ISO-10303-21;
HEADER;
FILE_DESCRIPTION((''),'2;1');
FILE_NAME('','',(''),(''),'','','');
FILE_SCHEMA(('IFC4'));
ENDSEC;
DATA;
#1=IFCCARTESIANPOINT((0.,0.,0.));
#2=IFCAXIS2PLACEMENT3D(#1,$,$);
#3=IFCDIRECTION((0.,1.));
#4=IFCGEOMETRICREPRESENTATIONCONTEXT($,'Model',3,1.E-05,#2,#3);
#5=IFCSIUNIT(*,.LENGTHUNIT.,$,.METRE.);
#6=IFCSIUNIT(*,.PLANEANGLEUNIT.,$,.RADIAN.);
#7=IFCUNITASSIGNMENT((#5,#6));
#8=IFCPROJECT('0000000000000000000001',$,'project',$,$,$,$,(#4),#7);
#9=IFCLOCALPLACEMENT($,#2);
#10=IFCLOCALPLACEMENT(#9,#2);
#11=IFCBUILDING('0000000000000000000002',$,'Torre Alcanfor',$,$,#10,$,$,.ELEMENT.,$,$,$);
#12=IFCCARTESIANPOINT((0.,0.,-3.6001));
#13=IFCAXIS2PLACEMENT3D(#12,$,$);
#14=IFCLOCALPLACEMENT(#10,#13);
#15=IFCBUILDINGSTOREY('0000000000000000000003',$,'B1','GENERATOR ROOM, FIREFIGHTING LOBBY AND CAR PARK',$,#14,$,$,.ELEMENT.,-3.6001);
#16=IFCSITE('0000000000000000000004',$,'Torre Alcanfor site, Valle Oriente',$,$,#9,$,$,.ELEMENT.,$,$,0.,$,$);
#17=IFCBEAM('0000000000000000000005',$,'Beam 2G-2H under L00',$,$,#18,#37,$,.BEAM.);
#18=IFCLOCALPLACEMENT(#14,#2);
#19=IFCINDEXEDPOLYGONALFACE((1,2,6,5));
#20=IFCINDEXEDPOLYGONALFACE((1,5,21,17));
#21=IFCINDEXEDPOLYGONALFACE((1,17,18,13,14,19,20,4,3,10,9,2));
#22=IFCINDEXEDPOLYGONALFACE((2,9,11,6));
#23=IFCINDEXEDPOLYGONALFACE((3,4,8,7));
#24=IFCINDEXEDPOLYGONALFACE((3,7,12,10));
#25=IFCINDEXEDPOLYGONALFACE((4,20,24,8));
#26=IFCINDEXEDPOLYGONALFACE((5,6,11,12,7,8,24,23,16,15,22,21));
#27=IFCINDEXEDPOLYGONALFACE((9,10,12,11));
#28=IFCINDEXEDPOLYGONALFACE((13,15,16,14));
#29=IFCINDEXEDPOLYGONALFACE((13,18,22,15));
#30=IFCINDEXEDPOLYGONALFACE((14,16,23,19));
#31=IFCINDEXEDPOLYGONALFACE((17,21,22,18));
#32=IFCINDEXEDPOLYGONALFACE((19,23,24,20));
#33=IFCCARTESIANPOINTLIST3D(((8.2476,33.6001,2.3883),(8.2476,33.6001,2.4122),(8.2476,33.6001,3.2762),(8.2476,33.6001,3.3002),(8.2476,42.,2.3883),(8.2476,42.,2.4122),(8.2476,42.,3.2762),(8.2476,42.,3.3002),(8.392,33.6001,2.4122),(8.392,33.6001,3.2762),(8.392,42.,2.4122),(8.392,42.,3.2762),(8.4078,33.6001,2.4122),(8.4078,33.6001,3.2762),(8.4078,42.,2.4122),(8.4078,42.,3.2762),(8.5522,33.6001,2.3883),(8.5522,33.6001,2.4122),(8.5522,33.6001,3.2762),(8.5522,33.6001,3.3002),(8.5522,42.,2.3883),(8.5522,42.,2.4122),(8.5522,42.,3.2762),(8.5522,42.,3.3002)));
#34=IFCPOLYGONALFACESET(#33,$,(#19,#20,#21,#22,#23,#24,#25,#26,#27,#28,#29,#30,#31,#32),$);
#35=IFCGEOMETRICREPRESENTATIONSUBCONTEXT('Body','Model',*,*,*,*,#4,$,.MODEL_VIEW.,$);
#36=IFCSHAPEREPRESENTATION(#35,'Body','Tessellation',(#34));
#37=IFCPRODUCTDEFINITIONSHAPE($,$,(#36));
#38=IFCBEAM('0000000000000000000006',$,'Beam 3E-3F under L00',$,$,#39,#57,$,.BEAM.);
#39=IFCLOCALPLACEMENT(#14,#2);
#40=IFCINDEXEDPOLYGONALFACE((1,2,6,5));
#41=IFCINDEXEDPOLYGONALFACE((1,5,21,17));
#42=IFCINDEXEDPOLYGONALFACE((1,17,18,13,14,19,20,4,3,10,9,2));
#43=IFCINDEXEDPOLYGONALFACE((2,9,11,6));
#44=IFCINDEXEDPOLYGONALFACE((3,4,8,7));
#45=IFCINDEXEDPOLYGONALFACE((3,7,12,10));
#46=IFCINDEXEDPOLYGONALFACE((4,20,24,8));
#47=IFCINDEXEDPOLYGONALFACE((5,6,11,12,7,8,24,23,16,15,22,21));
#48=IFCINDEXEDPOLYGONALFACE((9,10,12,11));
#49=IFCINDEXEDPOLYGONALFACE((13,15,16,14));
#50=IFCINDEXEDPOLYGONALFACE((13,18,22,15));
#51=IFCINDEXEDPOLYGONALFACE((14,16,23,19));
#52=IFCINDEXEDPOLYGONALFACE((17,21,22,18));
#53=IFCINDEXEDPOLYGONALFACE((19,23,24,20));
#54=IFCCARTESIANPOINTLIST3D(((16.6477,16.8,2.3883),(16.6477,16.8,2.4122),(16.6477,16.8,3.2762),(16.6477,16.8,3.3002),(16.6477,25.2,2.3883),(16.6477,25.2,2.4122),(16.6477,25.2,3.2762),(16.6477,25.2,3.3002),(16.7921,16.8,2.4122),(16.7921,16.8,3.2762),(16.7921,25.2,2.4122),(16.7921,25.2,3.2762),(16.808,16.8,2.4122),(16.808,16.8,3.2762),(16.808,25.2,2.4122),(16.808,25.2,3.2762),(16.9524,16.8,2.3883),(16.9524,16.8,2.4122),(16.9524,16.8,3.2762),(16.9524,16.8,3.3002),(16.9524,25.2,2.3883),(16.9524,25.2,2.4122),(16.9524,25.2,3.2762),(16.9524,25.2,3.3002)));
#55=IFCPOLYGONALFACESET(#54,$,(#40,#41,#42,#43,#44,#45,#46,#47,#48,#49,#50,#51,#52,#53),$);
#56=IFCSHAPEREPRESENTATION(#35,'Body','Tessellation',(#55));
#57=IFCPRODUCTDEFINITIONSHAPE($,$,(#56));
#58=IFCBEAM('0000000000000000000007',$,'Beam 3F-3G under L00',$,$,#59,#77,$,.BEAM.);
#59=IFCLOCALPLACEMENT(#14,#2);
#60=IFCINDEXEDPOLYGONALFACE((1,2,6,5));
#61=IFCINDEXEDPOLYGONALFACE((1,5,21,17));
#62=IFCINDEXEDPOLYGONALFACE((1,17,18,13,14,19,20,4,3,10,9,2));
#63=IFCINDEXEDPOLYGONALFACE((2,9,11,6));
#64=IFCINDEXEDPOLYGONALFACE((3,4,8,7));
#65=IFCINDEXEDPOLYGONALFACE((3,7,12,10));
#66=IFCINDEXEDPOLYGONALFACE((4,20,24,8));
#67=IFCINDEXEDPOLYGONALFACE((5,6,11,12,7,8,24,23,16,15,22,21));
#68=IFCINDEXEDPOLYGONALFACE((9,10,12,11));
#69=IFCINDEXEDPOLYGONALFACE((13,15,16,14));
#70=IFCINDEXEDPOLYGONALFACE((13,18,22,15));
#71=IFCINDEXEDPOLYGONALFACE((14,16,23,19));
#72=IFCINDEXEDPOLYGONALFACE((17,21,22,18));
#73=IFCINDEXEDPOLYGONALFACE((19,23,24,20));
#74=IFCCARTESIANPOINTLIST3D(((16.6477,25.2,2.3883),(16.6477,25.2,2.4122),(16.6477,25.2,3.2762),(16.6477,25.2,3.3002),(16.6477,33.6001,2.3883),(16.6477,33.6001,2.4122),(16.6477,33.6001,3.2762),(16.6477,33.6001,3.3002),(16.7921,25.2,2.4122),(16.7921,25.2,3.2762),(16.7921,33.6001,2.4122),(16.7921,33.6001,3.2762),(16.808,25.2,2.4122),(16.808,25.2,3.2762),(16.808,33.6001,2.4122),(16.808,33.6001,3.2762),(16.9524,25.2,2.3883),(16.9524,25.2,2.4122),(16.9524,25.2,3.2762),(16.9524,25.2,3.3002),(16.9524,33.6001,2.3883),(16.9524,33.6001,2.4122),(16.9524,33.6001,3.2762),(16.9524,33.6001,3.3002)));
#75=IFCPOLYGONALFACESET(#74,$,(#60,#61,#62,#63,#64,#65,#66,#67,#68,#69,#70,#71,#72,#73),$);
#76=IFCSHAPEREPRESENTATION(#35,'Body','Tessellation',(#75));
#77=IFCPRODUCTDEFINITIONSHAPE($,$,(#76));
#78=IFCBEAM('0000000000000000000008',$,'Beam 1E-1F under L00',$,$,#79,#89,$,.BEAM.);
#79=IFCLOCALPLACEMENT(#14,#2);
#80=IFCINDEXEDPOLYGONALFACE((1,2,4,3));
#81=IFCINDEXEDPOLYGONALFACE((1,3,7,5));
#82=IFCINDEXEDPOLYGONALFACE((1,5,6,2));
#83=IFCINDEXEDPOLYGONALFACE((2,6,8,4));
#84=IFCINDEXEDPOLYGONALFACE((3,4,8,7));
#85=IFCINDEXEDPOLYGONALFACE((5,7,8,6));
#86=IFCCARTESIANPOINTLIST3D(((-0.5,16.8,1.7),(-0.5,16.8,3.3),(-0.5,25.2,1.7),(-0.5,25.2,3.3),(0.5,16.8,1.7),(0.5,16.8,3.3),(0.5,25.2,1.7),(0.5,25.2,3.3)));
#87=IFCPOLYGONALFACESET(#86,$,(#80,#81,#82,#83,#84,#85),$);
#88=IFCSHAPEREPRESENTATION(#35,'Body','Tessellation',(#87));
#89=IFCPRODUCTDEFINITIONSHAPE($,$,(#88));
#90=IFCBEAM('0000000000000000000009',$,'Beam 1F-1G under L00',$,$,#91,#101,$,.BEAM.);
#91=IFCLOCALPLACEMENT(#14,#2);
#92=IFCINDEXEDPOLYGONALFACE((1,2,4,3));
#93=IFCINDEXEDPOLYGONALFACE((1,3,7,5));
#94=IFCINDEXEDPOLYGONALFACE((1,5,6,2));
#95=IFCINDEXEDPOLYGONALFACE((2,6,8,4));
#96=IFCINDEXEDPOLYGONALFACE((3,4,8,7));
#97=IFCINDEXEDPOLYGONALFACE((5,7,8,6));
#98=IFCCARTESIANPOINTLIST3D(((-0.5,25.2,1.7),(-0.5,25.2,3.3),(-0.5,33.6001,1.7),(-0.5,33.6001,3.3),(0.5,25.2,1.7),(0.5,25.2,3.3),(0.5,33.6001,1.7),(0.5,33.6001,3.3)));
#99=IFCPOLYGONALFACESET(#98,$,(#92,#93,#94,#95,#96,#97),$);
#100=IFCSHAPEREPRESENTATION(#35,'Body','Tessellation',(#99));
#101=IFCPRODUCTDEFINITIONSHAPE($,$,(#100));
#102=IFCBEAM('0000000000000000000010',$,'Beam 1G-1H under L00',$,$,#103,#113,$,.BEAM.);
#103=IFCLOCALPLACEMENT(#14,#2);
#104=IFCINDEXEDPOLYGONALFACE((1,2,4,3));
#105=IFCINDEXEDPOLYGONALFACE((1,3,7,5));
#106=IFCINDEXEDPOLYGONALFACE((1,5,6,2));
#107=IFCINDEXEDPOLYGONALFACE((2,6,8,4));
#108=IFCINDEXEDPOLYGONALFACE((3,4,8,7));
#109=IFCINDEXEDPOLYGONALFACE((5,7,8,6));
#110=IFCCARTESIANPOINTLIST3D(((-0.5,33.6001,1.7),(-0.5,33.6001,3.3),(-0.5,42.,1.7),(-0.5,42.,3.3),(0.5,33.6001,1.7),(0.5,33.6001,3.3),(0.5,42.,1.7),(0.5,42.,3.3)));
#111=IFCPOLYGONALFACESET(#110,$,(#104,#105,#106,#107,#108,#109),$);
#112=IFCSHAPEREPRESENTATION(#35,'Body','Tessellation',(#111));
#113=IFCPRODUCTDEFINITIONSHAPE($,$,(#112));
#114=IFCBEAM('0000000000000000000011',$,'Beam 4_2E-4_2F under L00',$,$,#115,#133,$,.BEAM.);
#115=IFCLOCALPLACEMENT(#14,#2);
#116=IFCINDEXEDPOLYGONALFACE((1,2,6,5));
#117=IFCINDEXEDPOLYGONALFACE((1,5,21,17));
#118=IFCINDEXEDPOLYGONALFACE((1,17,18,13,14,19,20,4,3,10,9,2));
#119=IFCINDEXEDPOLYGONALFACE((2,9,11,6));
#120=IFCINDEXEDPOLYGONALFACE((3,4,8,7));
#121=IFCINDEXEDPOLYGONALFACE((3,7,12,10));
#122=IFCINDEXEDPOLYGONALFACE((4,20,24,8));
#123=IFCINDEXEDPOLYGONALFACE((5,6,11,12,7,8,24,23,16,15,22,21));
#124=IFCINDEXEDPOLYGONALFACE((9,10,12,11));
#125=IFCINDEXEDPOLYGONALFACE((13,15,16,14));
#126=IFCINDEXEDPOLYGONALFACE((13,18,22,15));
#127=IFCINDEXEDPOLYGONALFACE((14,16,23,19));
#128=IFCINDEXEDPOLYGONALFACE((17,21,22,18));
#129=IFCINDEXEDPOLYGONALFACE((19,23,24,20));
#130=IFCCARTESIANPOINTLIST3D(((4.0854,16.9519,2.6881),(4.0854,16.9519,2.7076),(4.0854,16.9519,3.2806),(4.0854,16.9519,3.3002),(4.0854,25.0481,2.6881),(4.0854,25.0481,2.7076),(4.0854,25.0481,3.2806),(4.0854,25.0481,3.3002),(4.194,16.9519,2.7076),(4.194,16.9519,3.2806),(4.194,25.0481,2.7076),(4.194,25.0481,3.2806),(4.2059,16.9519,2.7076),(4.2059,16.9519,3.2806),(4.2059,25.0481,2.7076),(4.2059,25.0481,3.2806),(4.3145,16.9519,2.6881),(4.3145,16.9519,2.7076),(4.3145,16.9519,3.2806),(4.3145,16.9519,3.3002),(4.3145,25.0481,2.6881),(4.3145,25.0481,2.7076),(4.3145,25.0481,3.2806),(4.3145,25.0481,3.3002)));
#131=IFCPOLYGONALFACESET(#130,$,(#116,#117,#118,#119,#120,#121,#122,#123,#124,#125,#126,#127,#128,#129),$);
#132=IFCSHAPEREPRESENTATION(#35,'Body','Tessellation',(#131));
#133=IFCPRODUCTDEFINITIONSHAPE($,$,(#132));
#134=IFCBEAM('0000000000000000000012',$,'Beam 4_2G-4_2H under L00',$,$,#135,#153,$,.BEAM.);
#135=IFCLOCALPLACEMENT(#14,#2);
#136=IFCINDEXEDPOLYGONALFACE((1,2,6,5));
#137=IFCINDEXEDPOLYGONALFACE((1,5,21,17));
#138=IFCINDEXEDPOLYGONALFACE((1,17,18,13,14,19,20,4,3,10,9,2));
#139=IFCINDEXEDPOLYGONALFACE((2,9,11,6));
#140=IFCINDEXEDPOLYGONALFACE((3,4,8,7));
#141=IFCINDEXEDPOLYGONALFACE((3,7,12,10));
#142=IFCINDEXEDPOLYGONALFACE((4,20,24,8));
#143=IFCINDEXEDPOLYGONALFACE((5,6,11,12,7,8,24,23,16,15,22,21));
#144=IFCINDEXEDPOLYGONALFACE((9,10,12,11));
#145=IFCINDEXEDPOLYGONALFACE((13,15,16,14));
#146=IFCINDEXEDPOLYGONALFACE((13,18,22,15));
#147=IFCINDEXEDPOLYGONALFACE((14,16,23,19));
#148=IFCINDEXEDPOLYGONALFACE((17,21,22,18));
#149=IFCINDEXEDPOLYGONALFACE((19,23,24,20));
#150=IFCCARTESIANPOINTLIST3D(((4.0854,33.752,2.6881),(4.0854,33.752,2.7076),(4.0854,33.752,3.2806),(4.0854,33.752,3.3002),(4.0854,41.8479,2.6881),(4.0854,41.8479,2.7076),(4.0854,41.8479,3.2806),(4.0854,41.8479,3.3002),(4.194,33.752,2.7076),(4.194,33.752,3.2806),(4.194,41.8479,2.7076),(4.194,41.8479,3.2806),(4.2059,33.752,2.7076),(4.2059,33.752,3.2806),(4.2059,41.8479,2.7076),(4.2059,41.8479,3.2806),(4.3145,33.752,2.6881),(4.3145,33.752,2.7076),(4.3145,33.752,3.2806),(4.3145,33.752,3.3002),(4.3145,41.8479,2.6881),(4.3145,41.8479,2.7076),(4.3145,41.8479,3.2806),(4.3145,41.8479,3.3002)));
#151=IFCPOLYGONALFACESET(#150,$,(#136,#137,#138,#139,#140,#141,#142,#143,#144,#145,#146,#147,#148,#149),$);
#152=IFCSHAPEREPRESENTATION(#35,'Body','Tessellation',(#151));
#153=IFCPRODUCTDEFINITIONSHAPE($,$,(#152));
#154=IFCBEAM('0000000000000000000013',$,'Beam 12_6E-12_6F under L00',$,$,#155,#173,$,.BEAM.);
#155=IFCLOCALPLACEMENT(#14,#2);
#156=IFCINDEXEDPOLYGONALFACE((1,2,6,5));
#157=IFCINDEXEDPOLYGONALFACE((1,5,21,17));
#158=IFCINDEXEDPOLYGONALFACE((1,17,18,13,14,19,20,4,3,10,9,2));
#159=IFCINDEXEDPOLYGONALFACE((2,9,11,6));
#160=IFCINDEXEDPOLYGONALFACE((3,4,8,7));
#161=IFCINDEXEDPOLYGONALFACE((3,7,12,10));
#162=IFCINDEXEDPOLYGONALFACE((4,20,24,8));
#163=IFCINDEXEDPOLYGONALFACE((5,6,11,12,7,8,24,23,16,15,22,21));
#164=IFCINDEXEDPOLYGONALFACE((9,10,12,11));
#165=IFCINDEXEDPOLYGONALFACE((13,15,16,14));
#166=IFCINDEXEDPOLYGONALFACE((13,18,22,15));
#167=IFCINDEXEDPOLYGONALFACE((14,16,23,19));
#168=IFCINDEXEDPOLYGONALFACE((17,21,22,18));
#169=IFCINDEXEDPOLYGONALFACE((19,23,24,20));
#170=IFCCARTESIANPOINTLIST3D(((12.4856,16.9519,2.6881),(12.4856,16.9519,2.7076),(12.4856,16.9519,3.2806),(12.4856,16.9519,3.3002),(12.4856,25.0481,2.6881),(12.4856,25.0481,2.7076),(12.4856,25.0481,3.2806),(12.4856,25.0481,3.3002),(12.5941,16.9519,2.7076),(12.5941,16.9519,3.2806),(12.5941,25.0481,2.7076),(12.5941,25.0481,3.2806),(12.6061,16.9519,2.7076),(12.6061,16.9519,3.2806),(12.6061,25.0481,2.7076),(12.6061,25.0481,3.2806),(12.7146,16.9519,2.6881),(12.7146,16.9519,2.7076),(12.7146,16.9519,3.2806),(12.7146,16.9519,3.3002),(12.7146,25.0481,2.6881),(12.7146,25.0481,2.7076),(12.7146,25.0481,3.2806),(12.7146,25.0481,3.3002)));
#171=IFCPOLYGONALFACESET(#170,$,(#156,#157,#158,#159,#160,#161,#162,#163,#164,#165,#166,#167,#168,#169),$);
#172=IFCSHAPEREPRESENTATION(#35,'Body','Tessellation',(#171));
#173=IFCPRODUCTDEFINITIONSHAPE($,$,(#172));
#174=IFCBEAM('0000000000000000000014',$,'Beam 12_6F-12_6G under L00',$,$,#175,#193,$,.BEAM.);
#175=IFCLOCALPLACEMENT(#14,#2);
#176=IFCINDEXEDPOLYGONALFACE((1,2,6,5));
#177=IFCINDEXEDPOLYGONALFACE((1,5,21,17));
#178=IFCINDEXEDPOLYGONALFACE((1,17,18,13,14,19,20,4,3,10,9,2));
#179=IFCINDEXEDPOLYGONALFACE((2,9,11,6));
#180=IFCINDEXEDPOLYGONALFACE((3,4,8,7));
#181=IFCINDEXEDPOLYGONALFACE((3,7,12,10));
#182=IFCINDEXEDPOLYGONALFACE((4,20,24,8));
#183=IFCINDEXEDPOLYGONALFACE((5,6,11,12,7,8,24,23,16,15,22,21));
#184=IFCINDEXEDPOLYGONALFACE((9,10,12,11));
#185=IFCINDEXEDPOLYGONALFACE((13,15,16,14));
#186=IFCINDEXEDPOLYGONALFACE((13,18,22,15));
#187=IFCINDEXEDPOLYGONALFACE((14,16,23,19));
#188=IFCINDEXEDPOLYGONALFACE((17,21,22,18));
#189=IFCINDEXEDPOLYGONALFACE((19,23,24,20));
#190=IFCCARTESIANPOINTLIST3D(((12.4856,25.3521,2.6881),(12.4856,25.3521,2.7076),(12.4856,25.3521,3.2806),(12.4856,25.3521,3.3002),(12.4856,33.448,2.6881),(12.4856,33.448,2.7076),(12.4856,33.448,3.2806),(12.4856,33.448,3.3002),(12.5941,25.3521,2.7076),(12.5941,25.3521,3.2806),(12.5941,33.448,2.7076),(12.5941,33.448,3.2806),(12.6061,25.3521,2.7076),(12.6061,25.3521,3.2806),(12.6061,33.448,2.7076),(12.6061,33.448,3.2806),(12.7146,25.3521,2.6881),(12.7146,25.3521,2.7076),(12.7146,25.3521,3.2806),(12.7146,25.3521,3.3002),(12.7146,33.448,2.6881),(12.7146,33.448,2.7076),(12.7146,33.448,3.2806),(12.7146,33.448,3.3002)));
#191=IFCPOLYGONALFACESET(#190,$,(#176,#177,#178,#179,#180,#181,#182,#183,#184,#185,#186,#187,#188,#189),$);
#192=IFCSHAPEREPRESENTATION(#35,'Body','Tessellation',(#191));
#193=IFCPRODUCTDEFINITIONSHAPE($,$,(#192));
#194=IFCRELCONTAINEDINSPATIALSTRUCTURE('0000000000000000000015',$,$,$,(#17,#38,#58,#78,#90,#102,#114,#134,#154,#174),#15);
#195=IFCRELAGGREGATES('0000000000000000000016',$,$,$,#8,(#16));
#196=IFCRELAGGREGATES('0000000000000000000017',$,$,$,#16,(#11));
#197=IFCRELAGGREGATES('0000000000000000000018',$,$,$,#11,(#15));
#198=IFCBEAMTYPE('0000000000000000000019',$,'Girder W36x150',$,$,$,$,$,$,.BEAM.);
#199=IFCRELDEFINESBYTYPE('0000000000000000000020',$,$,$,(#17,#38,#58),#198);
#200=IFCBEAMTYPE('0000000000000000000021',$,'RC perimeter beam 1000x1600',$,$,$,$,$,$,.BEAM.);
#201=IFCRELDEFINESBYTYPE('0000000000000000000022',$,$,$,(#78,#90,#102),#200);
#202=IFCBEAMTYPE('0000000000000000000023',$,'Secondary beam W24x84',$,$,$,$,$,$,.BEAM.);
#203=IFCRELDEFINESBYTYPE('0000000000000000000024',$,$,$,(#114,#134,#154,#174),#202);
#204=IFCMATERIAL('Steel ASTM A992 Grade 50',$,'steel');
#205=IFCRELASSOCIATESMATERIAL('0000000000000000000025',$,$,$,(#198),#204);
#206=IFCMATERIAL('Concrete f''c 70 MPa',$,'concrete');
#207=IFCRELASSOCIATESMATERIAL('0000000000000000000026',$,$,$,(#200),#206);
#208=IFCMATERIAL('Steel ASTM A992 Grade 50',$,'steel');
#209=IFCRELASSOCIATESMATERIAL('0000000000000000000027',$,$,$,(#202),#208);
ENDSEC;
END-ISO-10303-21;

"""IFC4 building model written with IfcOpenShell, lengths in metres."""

from ifc_helpers import new_model, si_unit, direction, frame, origin, origin_2d, place, context, subcontext, project, spatial, rectangle, i_section, extrude, material, material_profile, profile_set, type_object, element, save


model = new_model("IFC4")

# Units and contexts
model_context = context("Model", 3, precision=1e-05, world=origin(), true_north=direction((0.0, 1.0)))
body_context = subcontext(model_context, "Body", "Model", "MODEL_VIEW")
ifc_project = project(units=[si_unit("LENGTHUNIT", "METRE"), si_unit("PLANEANGLEUNIT", "RADIAN")], contexts=[model_context])

# Site, building, storey
site_placement = place(None, origin())
site = spatial("IfcSite", under=ifc_project, at=site_placement, Name="Torre Alcanfor site, Valle Oriente", CompositionType="ELEMENT", RefElevation=0.0)
building_placement = place(site_placement, origin())
building = spatial("IfcBuilding", under=site, at=building_placement, Name="Torre Alcanfor", CompositionType="ELEMENT")
storey_placement = place(building_placement, frame((0.0, 0.0, -3.6001)))
storey = spatial("IfcBuildingStorey", under=building, at=storey_placement, Name="B1", Description="GENERATOR ROOM, FIREFIGHTING LOBBY AND CAR PARK", CompositionType="ELEMENT", Elevation=-3.6001)

# Beams
ifc_material_1 = material(Name="Steel ASTM A992 Grade 50", Category="steel")
ifc_material_profile_1 = material_profile(ifc_material_1, i_section(OverallWidth=0.3047, OverallDepth=0.9119, WebThickness=0.0159, FlangeThickness=0.0239, at=origin_2d()), Name="W36x150")
ifc_profile_set_1 = profile_set([ifc_material_profile_1], Name="Steel ASTM A992 Grade 50")
beam_type_1 = type_object("IfcBeamType", Name="Girder W36x150", PredefinedType="BEAM", material=ifc_profile_set_1)
for number, where, z_axis, x_axis, name in (
    (1, (8.3999, 33.6001, 2.8442), (0.0, 1.0, 0.0), (-1.0, 0.0, 0.0), "Beam 2G-2H under L00"),
    (2, (16.8, 16.8, 2.8442), (0.0, 1.0, 0.0), (-1.0, 0.0, 0.0), "Beam 3E-3F under L00"),
):
    element("IfcBeam", number, at=place(storey_placement, frame(where, z_axis=z_axis, x_axis=x_axis)), inside=storey, type_object=beam_type_1, Name=name, PredefinedType="BEAM", context=body_context, shape_type="SweptSolid", body=[
        extrude(i_section(OverallWidth=0.3047, OverallDepth=0.9119, WebThickness=0.0159, FlangeThickness=0.0239, at=origin_2d()), origin(), (0.0, 0.0, 1.0), 8.3999),
    ])
beam_1_placement = place(storey_placement, frame((16.8, 25.2, 2.8442), z_axis=(0.0, 1.0, 0.0), x_axis=(-1.0, 0.0, 0.0)))
element("IfcBeam", 3, at=beam_1_placement, inside=storey, type_object=beam_type_1, Name="Beam 3F-3G under L00", PredefinedType="BEAM", context=body_context, shape_type="SweptSolid", body=[
    extrude(i_section(OverallWidth=0.3047, OverallDepth=0.9119, WebThickness=0.0159, FlangeThickness=0.0239, at=origin_2d()), origin(), (0.0, 0.0, 1.0), 8.4001),
])
ifc_material_2 = material(Name="Concrete f'c 70 MPa", Category="concrete")
ifc_material_profile_2 = material_profile(ifc_material_2, rectangle(XDim=1.0, YDim=1.6001, at=origin_2d()), Name="1000x1600")
ifc_profile_set_2 = profile_set([ifc_material_profile_2], Name="Concrete f'c 70 MPa")
beam_type_2 = type_object("IfcBeamType", Name="RC perimeter beam 1000x1600", PredefinedType="BEAM", material=ifc_profile_set_2)
beam_2_placement = place(storey_placement, frame((0.0, 16.8, 2.5), z_axis=(0.0, 1.0, 0.0), x_axis=(-1.0, 0.0, 0.0)))
element("IfcBeam", 4, at=beam_2_placement, inside=storey, type_object=beam_type_2, Name="Beam 1E-1F under L00", PredefinedType="BEAM", context=body_context, shape_type="SweptSolid", body=[
    extrude(rectangle(XDim=1.0, YDim=1.6001, at=origin_2d()), origin(), (0.0, 0.0, 1.0), 8.3999),
])
beam_3_placement = place(storey_placement, frame((0.0, 25.2, 2.5), z_axis=(0.0, 1.0, 0.0), x_axis=(-1.0, 0.0, 0.0)))
element("IfcBeam", 5, at=beam_3_placement, inside=storey, type_object=beam_type_2, Name="Beam 1F-1G under L00", PredefinedType="BEAM", context=body_context, shape_type="SweptSolid", body=[
    extrude(rectangle(XDim=1.0, YDim=1.6001, at=origin_2d()), origin(), (0.0, 0.0, 1.0), 8.4001),
])
beam_4_placement = place(storey_placement, frame((0.0, 33.6001, 2.5), z_axis=(0.0, 1.0, 0.0), x_axis=(-1.0, 0.0, 0.0)))
element("IfcBeam", 6, at=beam_4_placement, inside=storey, type_object=beam_type_2, Name="Beam 1G-1H under L00", PredefinedType="BEAM", context=body_context, shape_type="SweptSolid", body=[
    extrude(rectangle(XDim=1.0, YDim=1.6001, at=origin_2d()), origin(), (0.0, 0.0, 1.0), 8.3999),
])
ifc_material_3 = material(Name="Steel ASTM A992 Grade 50", Category="steel")
ifc_material_profile_3 = material_profile(ifc_material_3, i_section(OverallWidth=0.229, OverallDepth=0.6121, WebThickness=0.012, FlangeThickness=0.0195, at=origin_2d()), Name="W24x84")
ifc_profile_set_3 = profile_set([ifc_material_profile_3], Name="Steel ASTM A992 Grade 50")
beam_type_3 = type_object("IfcBeamType", Name="Secondary beam W24x84", PredefinedType="BEAM", material=ifc_profile_set_3)
beam_5_placement = place(storey_placement, frame((4.2, 16.9519, 2.9941), z_axis=(0.0, 1.0, 0.0), x_axis=(-1.0, 0.0, 0.0)))
element("IfcBeam", 7, at=beam_5_placement, inside=storey, type_object=beam_type_3, Name="Beam 4_2E-4_2F under L00", PredefinedType="BEAM", context=body_context, shape_type="SweptSolid", body=[
    extrude(i_section(OverallWidth=0.229, OverallDepth=0.6121, WebThickness=0.012, FlangeThickness=0.0195, at=origin_2d()), origin(), (0.0, 0.0, 1.0), 8.0962),
])
beam_6_placement = place(storey_placement, frame((4.2, 33.752, 2.9941), z_axis=(0.0, 1.0, 0.0), x_axis=(-1.0, 0.0, 0.0)))
element("IfcBeam", 8, at=beam_6_placement, inside=storey, type_object=beam_type_3, Name="Beam 4_2G-4_2H under L00", PredefinedType="BEAM", context=body_context, shape_type="SweptSolid", body=[
    extrude(i_section(OverallWidth=0.229, OverallDepth=0.6121, WebThickness=0.012, FlangeThickness=0.0195, at=origin_2d()), origin(), (0.0, 0.0, 1.0), 8.0959),
])
beam_7_placement = place(storey_placement, frame((12.6001, 16.9519, 2.9941), z_axis=(0.0, 1.0, 0.0), x_axis=(-1.0, 0.0, 0.0)))
element("IfcBeam", 9, at=beam_7_placement, inside=storey, type_object=beam_type_3, Name="Beam 12_6E-12_6F under L00", PredefinedType="BEAM", context=body_context, shape_type="SweptSolid", body=[
    extrude(i_section(OverallWidth=0.229, OverallDepth=0.6121, WebThickness=0.012, FlangeThickness=0.0195, at=origin_2d()), origin(), (0.0, 0.0, 1.0), 8.0962),
])
for number, where, z_axis, x_axis, name in (
    (10, (12.6001, 25.3521, 2.9941), (0.0, 1.0, 0.0), (-1.0, 0.0, 0.0), "Beam 12_6F-12_6G under L00"),
):
    element("IfcBeam", number, at=place(storey_placement, frame(where, z_axis=z_axis, x_axis=x_axis)), inside=storey, type_object=beam_type_3, Name=name, PredefinedType="BEAM", context=body_context, shape_type="SweptSolid", body=[
        extrude(i_section(OverallWidth=0.229, OverallDepth=0.6121, WebThickness=0.012, FlangeThickness=0.0195, at=origin_2d()), origin(), (0.0, 0.0, 1.0), 8.0959),
    ])

save(model, "model.ifc")
